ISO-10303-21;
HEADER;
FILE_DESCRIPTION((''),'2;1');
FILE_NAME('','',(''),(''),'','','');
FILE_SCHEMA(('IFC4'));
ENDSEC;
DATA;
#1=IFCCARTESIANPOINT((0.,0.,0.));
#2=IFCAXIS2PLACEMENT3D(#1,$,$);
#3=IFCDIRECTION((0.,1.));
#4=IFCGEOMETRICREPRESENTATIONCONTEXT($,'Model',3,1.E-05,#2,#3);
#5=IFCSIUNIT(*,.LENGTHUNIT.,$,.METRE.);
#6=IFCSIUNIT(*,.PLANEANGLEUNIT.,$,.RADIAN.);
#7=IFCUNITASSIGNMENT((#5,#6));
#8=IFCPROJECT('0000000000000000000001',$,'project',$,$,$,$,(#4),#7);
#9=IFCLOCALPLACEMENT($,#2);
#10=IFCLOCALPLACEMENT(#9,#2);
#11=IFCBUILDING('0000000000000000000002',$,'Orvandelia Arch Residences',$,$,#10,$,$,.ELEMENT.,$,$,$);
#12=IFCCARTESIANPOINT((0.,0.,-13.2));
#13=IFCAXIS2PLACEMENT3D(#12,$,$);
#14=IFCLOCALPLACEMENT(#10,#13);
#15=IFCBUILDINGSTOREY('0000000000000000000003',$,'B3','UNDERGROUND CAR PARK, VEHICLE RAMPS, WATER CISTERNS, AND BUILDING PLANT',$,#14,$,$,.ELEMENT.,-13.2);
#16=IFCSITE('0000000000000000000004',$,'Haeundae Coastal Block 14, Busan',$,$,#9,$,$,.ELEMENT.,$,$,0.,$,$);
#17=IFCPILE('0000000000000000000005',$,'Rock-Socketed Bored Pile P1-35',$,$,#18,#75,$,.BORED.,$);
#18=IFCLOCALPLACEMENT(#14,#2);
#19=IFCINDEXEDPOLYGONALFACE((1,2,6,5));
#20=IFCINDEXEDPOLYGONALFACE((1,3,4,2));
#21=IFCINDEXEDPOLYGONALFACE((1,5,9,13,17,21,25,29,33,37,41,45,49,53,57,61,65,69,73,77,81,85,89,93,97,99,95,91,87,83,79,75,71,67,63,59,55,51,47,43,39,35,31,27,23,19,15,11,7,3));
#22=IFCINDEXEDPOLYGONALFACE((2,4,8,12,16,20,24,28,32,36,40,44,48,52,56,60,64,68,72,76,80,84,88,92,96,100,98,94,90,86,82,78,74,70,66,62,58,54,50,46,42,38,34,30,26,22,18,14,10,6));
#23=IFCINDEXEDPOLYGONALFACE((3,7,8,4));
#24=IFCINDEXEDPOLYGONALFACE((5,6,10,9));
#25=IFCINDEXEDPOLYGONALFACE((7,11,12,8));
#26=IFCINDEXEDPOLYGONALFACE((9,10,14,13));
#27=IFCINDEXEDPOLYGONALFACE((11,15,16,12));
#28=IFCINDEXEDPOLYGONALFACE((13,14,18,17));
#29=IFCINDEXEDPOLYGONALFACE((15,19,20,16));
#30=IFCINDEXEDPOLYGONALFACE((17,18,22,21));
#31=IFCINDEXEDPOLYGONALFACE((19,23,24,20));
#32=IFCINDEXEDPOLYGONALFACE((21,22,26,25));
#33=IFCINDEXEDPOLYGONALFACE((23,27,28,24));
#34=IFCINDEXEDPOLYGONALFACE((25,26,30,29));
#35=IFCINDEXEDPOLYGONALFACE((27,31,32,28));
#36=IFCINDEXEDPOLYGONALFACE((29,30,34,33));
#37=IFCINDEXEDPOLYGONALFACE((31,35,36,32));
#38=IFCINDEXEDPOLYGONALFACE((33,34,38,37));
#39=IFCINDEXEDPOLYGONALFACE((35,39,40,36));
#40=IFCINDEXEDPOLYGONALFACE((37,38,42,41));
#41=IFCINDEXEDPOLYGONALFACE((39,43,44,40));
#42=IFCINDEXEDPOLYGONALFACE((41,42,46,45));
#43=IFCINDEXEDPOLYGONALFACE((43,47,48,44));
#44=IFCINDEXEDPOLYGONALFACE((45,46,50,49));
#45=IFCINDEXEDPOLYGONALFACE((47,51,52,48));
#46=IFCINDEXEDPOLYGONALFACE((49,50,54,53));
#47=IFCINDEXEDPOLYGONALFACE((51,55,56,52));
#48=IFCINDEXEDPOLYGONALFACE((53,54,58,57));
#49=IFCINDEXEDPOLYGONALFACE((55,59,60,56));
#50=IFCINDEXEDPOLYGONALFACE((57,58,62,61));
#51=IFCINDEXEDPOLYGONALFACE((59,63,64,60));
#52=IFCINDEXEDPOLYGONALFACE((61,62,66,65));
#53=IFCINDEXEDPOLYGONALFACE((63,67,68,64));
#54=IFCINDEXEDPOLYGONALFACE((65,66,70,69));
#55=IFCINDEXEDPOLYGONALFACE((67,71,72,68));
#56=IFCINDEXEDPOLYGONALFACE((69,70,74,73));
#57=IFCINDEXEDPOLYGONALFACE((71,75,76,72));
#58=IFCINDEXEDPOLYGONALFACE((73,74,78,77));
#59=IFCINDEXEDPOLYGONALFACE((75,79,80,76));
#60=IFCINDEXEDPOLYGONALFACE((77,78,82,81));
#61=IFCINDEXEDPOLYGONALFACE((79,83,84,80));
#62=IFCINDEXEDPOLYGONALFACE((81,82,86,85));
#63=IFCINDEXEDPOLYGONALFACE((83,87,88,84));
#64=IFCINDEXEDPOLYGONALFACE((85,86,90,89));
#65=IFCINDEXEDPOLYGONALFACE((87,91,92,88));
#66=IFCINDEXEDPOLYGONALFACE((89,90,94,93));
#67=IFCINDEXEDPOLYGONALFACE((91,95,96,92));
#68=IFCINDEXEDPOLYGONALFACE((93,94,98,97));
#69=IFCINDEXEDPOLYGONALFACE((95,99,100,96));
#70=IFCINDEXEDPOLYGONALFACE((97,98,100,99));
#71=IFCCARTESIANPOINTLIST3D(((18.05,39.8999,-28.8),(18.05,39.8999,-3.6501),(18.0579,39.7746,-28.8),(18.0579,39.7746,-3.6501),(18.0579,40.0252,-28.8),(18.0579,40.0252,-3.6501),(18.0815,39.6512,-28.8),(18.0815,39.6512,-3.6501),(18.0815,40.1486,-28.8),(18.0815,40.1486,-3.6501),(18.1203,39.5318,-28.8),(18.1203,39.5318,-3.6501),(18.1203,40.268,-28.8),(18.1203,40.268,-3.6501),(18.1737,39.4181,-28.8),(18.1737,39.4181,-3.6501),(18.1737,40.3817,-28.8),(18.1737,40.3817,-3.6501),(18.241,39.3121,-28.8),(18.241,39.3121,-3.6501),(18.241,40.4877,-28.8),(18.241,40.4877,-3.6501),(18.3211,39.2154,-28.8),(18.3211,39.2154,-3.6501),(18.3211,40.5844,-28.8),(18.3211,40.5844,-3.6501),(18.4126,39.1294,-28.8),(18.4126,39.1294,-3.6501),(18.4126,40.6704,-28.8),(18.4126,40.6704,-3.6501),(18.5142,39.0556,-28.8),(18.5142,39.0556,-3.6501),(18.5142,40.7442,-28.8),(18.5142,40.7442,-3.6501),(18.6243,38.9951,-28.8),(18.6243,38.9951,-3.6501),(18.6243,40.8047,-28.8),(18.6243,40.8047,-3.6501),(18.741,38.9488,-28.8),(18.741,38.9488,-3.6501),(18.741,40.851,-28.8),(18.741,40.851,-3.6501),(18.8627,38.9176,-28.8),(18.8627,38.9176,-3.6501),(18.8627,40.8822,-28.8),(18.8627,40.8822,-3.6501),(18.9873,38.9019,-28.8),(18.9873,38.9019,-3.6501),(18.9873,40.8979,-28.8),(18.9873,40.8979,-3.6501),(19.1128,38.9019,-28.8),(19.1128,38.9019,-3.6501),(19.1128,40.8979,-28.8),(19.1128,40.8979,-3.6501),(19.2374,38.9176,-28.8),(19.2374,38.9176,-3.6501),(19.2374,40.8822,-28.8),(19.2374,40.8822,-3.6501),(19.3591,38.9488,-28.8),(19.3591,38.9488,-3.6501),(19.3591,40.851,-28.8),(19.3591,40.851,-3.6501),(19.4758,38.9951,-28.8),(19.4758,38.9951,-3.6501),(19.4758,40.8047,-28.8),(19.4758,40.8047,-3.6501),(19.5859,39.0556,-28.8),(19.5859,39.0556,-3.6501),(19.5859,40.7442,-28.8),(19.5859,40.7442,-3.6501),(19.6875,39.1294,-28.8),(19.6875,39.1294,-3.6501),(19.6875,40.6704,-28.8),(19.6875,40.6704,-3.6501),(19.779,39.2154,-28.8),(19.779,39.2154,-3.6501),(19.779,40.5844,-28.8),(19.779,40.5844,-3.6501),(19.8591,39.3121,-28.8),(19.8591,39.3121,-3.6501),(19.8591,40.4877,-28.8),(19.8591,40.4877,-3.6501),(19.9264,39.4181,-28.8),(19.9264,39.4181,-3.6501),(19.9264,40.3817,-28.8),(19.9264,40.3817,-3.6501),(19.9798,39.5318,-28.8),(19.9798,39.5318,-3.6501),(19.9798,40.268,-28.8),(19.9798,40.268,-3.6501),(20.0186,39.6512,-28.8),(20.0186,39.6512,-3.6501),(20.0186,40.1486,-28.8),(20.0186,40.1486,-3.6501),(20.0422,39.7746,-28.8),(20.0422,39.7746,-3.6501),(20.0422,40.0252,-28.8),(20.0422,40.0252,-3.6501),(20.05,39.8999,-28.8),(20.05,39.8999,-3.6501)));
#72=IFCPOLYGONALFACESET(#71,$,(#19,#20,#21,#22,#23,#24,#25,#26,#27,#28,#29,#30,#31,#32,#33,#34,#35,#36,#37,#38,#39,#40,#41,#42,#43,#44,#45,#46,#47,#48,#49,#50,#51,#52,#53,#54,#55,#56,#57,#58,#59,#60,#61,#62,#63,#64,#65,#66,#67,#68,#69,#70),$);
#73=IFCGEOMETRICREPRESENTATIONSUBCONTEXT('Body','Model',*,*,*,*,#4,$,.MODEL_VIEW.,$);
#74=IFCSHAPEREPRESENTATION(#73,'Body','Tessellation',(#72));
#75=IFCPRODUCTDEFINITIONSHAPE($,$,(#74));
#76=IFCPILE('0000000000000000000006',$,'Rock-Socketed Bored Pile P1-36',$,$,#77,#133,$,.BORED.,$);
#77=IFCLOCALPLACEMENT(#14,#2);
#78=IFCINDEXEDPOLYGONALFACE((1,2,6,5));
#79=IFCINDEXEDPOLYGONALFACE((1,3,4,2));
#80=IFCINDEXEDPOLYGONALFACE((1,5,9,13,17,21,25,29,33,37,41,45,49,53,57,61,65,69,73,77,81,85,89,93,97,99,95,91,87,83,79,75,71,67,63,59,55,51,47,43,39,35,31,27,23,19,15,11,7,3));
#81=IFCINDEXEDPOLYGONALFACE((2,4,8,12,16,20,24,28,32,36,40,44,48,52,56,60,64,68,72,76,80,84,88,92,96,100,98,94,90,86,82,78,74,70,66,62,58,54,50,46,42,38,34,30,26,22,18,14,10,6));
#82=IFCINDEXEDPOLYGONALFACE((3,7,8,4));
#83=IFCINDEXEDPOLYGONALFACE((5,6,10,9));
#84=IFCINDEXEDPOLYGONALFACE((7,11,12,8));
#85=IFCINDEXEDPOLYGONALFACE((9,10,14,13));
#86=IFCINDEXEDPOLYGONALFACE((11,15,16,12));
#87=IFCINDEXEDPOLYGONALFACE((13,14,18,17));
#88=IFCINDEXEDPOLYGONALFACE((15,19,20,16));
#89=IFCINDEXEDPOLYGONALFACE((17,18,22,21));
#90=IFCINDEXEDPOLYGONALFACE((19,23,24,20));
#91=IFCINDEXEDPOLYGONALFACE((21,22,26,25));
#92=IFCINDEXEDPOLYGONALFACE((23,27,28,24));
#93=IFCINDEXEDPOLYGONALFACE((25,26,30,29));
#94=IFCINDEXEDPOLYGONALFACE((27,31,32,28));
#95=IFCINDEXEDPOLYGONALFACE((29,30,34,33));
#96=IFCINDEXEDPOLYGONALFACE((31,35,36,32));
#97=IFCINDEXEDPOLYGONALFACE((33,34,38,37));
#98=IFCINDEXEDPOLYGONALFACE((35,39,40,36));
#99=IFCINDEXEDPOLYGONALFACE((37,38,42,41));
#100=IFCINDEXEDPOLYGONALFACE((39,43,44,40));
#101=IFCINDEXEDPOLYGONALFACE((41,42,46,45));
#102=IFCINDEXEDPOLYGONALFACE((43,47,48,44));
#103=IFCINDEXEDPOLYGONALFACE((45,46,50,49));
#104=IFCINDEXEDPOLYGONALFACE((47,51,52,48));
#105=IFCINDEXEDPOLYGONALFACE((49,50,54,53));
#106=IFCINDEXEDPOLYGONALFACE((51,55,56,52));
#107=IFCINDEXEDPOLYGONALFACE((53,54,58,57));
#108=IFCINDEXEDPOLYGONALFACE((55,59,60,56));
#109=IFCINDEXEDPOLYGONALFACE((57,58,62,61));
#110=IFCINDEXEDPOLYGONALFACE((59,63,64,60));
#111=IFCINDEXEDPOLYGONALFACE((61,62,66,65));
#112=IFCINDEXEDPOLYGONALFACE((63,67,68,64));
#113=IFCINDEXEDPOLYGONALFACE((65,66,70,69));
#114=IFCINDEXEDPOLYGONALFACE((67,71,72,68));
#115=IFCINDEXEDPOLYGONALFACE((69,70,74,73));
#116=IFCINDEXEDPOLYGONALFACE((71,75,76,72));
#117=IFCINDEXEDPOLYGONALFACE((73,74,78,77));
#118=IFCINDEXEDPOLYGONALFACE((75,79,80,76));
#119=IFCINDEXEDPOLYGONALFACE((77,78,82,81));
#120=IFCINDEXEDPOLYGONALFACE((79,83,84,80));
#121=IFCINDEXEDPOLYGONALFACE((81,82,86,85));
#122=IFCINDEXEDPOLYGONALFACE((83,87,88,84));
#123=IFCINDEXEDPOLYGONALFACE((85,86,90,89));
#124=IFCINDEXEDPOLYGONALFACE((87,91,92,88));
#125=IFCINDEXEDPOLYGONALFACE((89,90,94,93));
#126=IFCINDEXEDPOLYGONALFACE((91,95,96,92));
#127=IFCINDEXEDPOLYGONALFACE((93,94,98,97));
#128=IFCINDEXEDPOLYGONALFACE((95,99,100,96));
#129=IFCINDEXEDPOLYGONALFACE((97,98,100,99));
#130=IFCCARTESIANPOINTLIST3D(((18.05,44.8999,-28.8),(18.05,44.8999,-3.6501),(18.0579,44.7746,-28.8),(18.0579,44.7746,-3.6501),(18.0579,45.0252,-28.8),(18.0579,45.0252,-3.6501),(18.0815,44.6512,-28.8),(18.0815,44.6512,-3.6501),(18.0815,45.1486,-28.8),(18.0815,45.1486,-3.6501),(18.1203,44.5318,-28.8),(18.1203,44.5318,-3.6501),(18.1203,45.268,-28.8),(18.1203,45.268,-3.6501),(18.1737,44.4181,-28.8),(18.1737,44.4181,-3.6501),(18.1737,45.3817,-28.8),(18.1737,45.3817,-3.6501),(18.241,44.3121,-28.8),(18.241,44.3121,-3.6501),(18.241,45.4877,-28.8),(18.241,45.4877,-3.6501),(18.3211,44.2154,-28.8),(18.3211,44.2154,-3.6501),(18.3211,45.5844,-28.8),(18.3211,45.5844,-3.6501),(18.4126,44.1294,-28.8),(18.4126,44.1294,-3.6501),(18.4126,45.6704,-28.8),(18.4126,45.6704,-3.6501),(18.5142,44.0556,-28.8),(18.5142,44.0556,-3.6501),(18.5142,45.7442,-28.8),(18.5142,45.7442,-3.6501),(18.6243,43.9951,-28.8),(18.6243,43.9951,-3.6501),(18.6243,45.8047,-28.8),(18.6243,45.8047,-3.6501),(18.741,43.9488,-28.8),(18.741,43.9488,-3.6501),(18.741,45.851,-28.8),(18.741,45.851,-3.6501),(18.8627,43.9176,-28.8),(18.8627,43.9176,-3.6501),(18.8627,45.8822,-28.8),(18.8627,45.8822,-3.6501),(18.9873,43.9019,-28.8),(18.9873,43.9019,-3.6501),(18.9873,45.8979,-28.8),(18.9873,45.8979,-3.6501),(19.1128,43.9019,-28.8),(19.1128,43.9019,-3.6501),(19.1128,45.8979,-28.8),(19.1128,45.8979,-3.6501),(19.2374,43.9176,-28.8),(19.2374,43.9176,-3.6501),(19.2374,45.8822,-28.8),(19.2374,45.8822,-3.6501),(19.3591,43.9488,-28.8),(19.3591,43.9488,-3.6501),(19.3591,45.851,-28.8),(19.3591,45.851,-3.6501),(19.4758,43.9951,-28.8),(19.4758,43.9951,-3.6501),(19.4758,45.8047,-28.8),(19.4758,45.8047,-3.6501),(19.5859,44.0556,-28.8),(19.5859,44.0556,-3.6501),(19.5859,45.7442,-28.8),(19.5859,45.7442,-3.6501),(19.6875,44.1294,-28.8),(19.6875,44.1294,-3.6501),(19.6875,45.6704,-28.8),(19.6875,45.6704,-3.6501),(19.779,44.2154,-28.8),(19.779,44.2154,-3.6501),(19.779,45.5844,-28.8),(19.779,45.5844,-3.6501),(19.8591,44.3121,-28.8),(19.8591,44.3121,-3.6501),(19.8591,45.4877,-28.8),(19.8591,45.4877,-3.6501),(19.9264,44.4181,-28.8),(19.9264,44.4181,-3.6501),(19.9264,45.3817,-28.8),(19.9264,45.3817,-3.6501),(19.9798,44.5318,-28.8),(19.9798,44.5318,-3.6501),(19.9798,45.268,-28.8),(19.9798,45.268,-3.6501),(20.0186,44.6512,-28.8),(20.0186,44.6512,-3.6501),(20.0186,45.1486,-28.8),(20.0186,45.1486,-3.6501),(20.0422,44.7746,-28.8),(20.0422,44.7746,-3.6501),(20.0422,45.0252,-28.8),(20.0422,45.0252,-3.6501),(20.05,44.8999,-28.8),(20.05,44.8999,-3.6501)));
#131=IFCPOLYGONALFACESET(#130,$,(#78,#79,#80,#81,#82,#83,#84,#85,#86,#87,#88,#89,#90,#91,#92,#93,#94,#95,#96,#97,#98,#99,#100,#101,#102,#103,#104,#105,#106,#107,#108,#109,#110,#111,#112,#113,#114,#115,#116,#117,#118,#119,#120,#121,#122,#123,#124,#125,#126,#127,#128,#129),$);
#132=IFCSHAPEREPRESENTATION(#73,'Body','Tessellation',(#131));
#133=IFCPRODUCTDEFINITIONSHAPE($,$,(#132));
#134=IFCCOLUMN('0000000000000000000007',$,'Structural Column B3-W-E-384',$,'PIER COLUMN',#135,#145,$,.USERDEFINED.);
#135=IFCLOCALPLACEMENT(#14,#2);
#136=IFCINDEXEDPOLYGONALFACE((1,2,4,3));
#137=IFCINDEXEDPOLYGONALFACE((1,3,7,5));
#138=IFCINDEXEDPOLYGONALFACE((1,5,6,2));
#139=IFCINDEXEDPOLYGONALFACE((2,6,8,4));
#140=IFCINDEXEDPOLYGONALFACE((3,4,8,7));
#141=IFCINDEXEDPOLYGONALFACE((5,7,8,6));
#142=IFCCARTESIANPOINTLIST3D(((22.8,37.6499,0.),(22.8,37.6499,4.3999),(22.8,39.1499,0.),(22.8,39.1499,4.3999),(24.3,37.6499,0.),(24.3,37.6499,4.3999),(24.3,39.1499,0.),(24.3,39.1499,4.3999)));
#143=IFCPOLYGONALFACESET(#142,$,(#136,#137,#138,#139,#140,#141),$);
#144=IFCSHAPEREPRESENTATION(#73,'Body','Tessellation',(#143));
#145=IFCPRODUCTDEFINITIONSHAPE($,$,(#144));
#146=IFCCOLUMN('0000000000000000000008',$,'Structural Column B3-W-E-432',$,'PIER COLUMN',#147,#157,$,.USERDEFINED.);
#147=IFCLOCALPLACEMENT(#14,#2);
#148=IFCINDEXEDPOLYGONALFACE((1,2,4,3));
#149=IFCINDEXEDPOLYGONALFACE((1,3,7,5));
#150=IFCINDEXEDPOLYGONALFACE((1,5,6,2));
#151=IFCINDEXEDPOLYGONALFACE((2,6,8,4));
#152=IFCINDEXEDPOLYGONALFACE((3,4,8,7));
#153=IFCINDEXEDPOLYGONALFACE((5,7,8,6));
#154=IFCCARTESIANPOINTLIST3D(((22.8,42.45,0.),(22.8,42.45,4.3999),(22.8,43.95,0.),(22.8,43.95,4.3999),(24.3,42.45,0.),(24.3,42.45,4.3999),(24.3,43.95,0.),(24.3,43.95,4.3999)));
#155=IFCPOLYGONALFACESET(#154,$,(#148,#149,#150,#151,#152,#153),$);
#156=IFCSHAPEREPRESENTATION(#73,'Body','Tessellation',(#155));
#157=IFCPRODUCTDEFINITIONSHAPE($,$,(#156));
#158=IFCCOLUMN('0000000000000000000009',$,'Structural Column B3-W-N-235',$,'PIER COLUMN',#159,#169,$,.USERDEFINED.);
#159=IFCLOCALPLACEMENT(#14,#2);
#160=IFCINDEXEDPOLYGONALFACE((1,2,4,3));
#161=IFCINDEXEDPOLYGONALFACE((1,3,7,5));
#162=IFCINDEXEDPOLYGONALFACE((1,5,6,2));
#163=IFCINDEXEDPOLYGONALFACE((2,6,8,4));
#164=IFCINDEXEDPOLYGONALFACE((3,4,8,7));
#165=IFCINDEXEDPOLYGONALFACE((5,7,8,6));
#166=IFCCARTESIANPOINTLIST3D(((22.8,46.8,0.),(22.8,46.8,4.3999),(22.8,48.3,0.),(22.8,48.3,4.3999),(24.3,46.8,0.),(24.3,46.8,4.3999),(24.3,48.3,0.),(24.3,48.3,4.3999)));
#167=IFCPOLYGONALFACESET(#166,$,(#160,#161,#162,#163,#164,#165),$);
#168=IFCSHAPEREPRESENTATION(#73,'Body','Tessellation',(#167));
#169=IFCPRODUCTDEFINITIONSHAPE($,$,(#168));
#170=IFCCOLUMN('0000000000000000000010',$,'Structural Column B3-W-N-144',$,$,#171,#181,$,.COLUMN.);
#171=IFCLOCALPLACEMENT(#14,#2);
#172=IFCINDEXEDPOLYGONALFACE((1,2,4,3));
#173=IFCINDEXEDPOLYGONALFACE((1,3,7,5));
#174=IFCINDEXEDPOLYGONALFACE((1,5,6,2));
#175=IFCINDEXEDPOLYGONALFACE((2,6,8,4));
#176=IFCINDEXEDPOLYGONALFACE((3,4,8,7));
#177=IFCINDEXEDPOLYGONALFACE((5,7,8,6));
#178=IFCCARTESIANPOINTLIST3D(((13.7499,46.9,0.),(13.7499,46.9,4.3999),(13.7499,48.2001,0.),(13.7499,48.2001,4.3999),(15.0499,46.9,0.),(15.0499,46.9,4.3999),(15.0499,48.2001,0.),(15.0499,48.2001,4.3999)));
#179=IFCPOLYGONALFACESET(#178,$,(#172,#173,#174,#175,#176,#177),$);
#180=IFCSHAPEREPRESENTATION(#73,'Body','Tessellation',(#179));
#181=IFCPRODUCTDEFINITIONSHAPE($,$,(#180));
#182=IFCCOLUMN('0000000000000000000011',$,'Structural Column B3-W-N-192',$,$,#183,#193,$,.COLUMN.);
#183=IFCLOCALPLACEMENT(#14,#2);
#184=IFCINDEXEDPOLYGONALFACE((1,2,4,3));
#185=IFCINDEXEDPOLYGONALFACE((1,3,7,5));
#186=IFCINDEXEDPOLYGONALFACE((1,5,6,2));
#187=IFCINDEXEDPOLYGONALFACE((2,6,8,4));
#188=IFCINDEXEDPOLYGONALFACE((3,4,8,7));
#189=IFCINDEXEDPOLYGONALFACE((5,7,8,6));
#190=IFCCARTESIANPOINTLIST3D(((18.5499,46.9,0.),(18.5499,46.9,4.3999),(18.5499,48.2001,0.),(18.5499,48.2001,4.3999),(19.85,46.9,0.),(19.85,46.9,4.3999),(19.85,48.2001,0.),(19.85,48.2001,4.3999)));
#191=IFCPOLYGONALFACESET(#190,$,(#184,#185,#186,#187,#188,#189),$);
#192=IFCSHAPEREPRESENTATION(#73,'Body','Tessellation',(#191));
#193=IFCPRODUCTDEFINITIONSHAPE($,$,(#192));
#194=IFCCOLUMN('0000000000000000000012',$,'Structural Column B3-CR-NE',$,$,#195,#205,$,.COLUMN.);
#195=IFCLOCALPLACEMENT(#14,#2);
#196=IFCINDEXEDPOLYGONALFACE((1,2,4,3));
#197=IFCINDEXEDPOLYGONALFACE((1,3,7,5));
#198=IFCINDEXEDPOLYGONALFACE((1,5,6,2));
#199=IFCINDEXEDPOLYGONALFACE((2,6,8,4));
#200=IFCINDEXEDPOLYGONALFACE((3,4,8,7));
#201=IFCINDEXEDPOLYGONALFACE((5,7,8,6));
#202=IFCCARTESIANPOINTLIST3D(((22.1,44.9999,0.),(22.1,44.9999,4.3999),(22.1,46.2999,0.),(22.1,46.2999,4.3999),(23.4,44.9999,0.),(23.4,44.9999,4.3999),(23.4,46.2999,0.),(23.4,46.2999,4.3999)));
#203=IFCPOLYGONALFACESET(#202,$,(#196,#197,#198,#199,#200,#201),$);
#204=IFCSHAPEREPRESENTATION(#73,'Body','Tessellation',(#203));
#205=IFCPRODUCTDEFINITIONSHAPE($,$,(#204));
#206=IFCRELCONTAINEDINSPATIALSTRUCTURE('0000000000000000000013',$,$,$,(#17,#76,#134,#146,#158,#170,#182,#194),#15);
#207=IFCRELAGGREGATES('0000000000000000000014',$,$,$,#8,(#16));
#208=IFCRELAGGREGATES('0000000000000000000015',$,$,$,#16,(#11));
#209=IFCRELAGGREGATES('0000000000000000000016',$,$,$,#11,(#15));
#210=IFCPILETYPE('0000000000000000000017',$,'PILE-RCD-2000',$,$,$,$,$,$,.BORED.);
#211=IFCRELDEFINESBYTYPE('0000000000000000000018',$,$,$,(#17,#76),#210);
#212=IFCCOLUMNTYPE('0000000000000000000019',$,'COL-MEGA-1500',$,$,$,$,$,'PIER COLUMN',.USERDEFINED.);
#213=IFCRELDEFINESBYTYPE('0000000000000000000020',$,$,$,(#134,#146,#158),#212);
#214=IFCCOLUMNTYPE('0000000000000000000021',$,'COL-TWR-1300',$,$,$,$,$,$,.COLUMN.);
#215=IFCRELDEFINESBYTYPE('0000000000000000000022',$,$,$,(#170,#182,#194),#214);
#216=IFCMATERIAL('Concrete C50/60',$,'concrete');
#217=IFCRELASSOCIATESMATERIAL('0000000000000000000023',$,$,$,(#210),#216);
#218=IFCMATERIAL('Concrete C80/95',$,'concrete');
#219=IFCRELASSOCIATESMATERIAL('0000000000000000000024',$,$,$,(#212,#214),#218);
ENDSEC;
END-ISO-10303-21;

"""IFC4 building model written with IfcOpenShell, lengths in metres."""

from ifc_helpers import new_model, si_unit, direction, frame, origin, origin_2d, place, context, subcontext, project, spatial, rectangle, circle, extrude, material, material_profile, profile_set, type_object, element, save


model = new_model("IFC4")

# Units and contexts
model_context = context("Model", 3, precision=1e-05, world=origin(), true_north=direction((0.0, 1.0)))
body_context = subcontext(model_context, "Body", "Model", "MODEL_VIEW")
ifc_project = project(units=[si_unit("LENGTHUNIT", "METRE"), si_unit("PLANEANGLEUNIT", "RADIAN")], contexts=[model_context])

# Site, building, storey
site_placement = place(None, origin())
site = spatial("IfcSite", under=ifc_project, at=site_placement, Name="Haeundae Coastal Block 14, Busan", CompositionType="ELEMENT", RefElevation=0.0)
building_placement = place(site_placement, origin())
building = spatial("IfcBuilding", under=site, at=building_placement, Name="Orvandelia Arch Residences", CompositionType="ELEMENT")
storey_placement = place(building_placement, frame((0.0, 0.0, -13.2)))
storey = spatial("IfcBuildingStorey", under=building, at=storey_placement, Name="B3", Description="UNDERGROUND CAR PARK, VEHICLE RAMPS, WATER CISTERNS, AND BUILDING PLANT", CompositionType="ELEMENT", Elevation=-13.2)

# Shared definitions
ifc_material_1 = material(Name="Concrete C50/60", Category="concrete")

# Piles
ifc_material_profile_1 = material_profile(ifc_material_1, circle(Radius=1.0, at=origin_2d()), Name="Concrete C50/60", Category="concrete")
ifc_profile_set_1 = profile_set([ifc_material_profile_1], Name="Concrete C50/60")
pile_type = type_object("IfcPileType", Name="PILE-RCD-2000", PredefinedType="BORED", material=ifc_profile_set_1)
for number, where, z_axis, x_axis, name in (
    (1, (19.05, 39.8999, -3.6501), (0.0, 0.0, -1.0), (1.0, 0.0, 0.0), "Rock-Socketed Bored Pile P1-35"),
    (2, (19.05, 44.8999, -3.6501), (0.0, 0.0, -1.0), (1.0, 0.0, 0.0), "Rock-Socketed Bored Pile P1-36"),
):
    element("IfcPile", number, at=place(storey_placement, frame(where, z_axis=z_axis, x_axis=x_axis)), inside=storey, type_object=pile_type, Name=name, PredefinedType="BORED", context=body_context, shape_type="SweptSolid", body=[
        extrude(circle(Radius=1.0, at=origin_2d()), origin(), (0.0, 0.0, 1.0), 25.1499),
    ])

# Columns
ifc_material_2 = material(Name="Concrete C80/95", Category="concrete")
ifc_material_profile_2 = material_profile(ifc_material_2, rectangle(XDim=1.5, YDim=1.5, at=origin_2d()), Name="Concrete C80/95", Category="concrete")
ifc_profile_set_2 = profile_set([ifc_material_profile_2], Name="Concrete C80/95")
column_type_1 = type_object("IfcColumnType", Name="COL-MEGA-1500", ElementType="PIER COLUMN", PredefinedType="USERDEFINED", material=ifc_profile_set_2)
for number, where, z_axis, x_axis, name in (
    (3, (23.55, 38.3999, 0.0), (0.0, 0.0, 1.0), (1.0, 0.0, 0.0), "Structural Column B3-W-E-384"),
    (4, (23.55, 43.2, 0.0), (0.0, 0.0, 1.0), (1.0, 0.0, 0.0), "Structural Column B3-W-E-432"),
    (5, (23.55, 47.55, 0.0), (0.0, 0.0, 1.0), (1.0, 0.0, 0.0), "Structural Column B3-W-N-235"),
):
    element("IfcColumn", number, at=place(storey_placement, frame(where, z_axis=z_axis, x_axis=x_axis)), inside=storey, type_object=column_type_1, Name=name, ObjectType="PIER COLUMN", PredefinedType="USERDEFINED", context=body_context, shape_type="SweptSolid", body=[
        extrude(rectangle(XDim=1.5, YDim=1.5, at=origin_2d()), origin(), (0.0, 0.0, 1.0), 4.3999),
    ])
ifc_material_profile_3 = material_profile(ifc_material_2, rectangle(XDim=1.3, YDim=1.3, at=origin_2d()), Name="Concrete C80/95", Category="concrete")
ifc_profile_set_3 = profile_set([ifc_material_profile_3], Name="Concrete C80/95")
column_type_2 = type_object("IfcColumnType", Name="COL-TWR-1300", PredefinedType="COLUMN", material=ifc_profile_set_3)
for number, where, z_axis, x_axis, name in (
    (6, (14.3999, 47.55, 0.0), (0.0, 0.0, 1.0), (1.0, 0.0, 0.0), "Structural Column B3-W-N-144"),
    (7, (19.2, 47.55, 0.0), (0.0, 0.0, 1.0), (1.0, 0.0, 0.0), "Structural Column B3-W-N-192"),
    (8, (22.75, 45.6499, 0.0), (0.0, 0.0, 1.0), (1.0, 0.0, 0.0), "Structural Column B3-CR-NE"),
):
    element("IfcColumn", number, at=place(storey_placement, frame(where, z_axis=z_axis, x_axis=x_axis)), inside=storey, type_object=column_type_2, Name=name, PredefinedType="COLUMN", context=body_context, shape_type="SweptSolid", body=[
        extrude(rectangle(XDim=1.3, YDim=1.3, at=origin_2d()), origin(), (0.0, 0.0, 1.0), 4.3999),
    ])

save(model, "model.ifc")
